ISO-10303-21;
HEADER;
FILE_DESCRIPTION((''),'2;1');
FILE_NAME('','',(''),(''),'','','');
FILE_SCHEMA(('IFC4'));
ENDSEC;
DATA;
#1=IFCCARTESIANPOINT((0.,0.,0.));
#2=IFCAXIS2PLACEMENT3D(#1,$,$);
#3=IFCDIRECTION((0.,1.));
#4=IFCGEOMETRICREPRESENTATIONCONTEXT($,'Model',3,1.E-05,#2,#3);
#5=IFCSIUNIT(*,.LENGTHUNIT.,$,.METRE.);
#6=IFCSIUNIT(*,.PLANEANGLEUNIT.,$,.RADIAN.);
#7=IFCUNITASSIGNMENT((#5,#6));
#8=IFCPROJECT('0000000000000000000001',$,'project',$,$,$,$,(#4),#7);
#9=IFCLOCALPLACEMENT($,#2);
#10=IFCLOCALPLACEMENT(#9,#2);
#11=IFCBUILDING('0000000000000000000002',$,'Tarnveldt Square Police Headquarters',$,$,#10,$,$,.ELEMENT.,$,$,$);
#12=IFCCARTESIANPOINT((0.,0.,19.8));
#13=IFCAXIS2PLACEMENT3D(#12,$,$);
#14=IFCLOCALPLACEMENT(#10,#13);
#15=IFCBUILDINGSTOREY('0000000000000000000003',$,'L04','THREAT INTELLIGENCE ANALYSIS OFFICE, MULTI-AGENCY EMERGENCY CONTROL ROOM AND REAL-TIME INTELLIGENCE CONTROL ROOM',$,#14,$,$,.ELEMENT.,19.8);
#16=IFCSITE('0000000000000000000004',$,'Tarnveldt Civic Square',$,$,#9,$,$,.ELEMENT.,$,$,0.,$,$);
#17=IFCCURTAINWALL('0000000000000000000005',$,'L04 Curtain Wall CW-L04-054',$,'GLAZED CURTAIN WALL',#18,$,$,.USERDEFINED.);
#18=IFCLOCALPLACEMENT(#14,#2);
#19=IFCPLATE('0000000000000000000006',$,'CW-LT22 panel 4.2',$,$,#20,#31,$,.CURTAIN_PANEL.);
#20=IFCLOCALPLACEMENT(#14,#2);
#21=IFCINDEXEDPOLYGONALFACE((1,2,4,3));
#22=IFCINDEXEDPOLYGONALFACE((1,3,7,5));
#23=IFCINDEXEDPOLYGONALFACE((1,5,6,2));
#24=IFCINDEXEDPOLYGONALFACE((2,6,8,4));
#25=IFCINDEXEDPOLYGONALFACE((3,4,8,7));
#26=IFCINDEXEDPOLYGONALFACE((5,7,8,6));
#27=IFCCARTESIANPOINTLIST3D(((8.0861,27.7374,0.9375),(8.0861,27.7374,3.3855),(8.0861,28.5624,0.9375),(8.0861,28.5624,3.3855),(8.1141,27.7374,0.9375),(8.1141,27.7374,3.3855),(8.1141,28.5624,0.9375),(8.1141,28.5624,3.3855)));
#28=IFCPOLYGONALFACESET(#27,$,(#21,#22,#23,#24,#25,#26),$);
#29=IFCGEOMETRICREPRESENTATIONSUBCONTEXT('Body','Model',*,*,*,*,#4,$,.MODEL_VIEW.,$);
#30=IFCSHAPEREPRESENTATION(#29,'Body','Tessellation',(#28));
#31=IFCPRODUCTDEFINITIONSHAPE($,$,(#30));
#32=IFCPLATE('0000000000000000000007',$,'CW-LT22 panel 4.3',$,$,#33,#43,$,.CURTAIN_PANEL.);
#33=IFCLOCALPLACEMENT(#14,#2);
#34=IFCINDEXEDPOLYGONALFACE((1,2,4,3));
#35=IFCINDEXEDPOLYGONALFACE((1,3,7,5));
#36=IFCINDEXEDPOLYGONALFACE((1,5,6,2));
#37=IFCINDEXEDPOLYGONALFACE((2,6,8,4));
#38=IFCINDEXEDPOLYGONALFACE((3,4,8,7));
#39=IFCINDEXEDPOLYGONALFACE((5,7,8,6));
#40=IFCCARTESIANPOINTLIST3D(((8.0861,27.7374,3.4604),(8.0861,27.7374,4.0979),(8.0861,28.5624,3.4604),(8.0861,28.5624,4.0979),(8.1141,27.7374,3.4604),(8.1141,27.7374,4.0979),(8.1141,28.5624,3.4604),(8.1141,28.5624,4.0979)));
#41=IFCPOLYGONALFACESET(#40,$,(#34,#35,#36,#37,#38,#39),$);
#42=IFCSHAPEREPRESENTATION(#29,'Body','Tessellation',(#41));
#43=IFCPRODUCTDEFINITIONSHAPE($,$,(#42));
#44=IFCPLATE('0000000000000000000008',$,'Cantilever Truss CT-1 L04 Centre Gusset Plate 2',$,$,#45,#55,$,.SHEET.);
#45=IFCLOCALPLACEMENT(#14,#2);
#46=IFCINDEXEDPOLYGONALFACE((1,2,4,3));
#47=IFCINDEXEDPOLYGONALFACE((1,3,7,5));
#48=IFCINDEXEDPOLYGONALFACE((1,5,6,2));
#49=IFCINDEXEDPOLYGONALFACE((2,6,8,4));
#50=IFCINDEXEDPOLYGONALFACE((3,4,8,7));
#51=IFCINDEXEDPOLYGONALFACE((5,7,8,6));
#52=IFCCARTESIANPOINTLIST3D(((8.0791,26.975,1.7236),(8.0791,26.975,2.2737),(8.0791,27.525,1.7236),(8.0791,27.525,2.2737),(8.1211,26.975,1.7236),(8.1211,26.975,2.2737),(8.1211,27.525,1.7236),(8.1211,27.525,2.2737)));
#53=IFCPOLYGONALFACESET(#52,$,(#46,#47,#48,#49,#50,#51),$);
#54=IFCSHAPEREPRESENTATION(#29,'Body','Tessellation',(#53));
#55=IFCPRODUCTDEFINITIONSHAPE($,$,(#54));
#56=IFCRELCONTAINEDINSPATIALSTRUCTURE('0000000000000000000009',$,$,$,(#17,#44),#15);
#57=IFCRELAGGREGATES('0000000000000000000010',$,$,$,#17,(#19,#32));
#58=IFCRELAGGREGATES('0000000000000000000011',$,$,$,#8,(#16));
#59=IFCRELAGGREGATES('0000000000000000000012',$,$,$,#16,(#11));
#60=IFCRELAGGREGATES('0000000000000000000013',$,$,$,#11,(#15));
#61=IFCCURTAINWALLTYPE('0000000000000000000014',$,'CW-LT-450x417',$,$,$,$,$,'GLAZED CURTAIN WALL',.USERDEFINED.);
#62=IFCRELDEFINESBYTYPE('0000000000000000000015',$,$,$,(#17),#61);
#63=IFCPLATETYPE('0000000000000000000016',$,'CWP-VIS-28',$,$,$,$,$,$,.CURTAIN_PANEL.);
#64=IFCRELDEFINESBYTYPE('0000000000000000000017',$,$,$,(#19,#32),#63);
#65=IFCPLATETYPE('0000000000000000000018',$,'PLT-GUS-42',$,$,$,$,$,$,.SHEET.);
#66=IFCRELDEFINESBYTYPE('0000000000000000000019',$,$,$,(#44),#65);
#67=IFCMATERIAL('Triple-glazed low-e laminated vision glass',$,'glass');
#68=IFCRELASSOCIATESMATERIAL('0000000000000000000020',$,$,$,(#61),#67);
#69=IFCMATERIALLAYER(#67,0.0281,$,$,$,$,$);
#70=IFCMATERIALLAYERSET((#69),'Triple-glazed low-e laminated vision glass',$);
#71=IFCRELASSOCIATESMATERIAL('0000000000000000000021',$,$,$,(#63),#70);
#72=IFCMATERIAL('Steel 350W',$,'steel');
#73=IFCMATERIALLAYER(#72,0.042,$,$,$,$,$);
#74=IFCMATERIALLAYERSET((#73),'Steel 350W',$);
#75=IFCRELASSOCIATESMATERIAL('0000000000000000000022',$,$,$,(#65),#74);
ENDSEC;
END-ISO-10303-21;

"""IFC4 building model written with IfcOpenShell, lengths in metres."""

from ifc_helpers import new_model, si_unit, direction, frame, origin, origin_2d, place, context, subcontext, project, spatial, rectangle, extrude, material, layer, layer_set, type_object, element, aggregate, save


model = new_model("IFC4")

# Units and contexts
model_context = context("Model", 3, precision=1e-05, world=origin(), true_north=direction((0.0, 1.0)))
body_context = subcontext(model_context, "Body", "Model", "MODEL_VIEW")
ifc_project = project(units=[si_unit("LENGTHUNIT", "METRE"), si_unit("PLANEANGLEUNIT", "RADIAN")], contexts=[model_context])

# Site, building, storey
site_placement = place(None, origin())
site = spatial("IfcSite", under=ifc_project, at=site_placement, Name="Tarnveldt Civic Square", CompositionType="ELEMENT", RefElevation=0.0)
building_placement = place(site_placement, origin())
building = spatial("IfcBuilding", under=site, at=building_placement, Name="Tarnveldt Square Police Headquarters", CompositionType="ELEMENT")
storey_placement = place(building_placement, frame((0.0, 0.0, 19.8)))
storey = spatial("IfcBuildingStorey", under=building, at=storey_placement, Name="L04", Description="THREAT INTELLIGENCE ANALYSIS OFFICE, MULTI-AGENCY EMERGENCY CONTROL ROOM AND REAL-TIME INTELLIGENCE CONTROL ROOM", CompositionType="ELEMENT", Elevation=19.8)

# Shared definitions
ifc_material_1 = material(Name="Steel 350W", Category="steel")

# Curtain wall
ifc_material_2 = material(Name="Triple-glazed low-e laminated vision glass", Category="glass")
curtain_wall_type = type_object("IfcCurtainWallType", Name="CW-LT-450x417", ElementType="GLAZED CURTAIN WALL", PredefinedType="USERDEFINED", material=ifc_material_2)
curtain_wall_placement = place(storey_placement, origin())
curtain_wall = element("IfcCurtainWall", 1, at=curtain_wall_placement, inside=storey, type_object=curtain_wall_type, Name="L04 Curtain Wall CW-L04-054", ObjectType="GLAZED CURTAIN WALL", PredefinedType="USERDEFINED")

# Plates
ifc_layer_1 = layer(ifc_material_2, 0.0281)
ifc_layer_set_1 = layer_set([ifc_layer_1], Name="Triple-glazed low-e laminated vision glass")
plate_type_1 = type_object("IfcPlateType", Name="CWP-VIS-28", PredefinedType="CURTAIN_PANEL", material=ifc_layer_set_1)
plate_1_placement = place(storey_placement, frame((8.1001, 28.1499, 0.9375), z_axis=(0.0, 0.0, 1.0), x_axis=(0.0, 1.0, 0.0)))
plate_1 = element("IfcPlate", 2, at=plate_1_placement, type_object=plate_type_1, Name="CW-LT22 panel 4.2", PredefinedType="CURTAIN_PANEL", context=body_context, shape_type="SweptSolid", body=[
    extrude(rectangle(XDim=0.825, YDim=0.0281, at=origin_2d()), origin(), (0.0, 0.0, 1.0), 2.448),
])
plate_2_placement = place(storey_placement, frame((8.1001, 28.1499, 3.4604), z_axis=(0.0, 0.0, 1.0), x_axis=(0.0, 1.0, 0.0)))
plate_2 = element("IfcPlate", 3, at=plate_2_placement, type_object=plate_type_1, Name="CW-LT22 panel 4.3", PredefinedType="CURTAIN_PANEL", context=body_context, shape_type="SweptSolid", body=[
    extrude(rectangle(XDim=0.825, YDim=0.0281, at=origin_2d()), origin(), (0.0, 0.0, 1.0), 0.6375),
])
aggregate(curtain_wall, [plate_1, plate_2])
ifc_layer_2 = layer(ifc_material_1, 0.042)
ifc_layer_set_2 = layer_set([ifc_layer_2], Name="Steel 350W")
plate_type_2 = type_object("IfcPlateType", Name="PLT-GUS-42", PredefinedType="SHEET", material=ifc_layer_set_2)
plate_3_placement = place(storey_placement, frame((8.1001, 27.25, 1.7236), z_axis=(0.0, 0.0, 1.0), x_axis=(1.0, 0.0, 0.0)))
element("IfcPlate", 4, at=plate_3_placement, inside=storey, type_object=plate_type_2, Name="Cantilever Truss CT-1 L04 Centre Gusset Plate 2", PredefinedType="SHEET", context=body_context, shape_type="SweptSolid", body=[
    extrude(rectangle(XDim=0.042, YDim=0.55, at=origin_2d()), origin(), (0.0, 0.0, 1.0), 0.55),
])

save(model, "model.ifc")
